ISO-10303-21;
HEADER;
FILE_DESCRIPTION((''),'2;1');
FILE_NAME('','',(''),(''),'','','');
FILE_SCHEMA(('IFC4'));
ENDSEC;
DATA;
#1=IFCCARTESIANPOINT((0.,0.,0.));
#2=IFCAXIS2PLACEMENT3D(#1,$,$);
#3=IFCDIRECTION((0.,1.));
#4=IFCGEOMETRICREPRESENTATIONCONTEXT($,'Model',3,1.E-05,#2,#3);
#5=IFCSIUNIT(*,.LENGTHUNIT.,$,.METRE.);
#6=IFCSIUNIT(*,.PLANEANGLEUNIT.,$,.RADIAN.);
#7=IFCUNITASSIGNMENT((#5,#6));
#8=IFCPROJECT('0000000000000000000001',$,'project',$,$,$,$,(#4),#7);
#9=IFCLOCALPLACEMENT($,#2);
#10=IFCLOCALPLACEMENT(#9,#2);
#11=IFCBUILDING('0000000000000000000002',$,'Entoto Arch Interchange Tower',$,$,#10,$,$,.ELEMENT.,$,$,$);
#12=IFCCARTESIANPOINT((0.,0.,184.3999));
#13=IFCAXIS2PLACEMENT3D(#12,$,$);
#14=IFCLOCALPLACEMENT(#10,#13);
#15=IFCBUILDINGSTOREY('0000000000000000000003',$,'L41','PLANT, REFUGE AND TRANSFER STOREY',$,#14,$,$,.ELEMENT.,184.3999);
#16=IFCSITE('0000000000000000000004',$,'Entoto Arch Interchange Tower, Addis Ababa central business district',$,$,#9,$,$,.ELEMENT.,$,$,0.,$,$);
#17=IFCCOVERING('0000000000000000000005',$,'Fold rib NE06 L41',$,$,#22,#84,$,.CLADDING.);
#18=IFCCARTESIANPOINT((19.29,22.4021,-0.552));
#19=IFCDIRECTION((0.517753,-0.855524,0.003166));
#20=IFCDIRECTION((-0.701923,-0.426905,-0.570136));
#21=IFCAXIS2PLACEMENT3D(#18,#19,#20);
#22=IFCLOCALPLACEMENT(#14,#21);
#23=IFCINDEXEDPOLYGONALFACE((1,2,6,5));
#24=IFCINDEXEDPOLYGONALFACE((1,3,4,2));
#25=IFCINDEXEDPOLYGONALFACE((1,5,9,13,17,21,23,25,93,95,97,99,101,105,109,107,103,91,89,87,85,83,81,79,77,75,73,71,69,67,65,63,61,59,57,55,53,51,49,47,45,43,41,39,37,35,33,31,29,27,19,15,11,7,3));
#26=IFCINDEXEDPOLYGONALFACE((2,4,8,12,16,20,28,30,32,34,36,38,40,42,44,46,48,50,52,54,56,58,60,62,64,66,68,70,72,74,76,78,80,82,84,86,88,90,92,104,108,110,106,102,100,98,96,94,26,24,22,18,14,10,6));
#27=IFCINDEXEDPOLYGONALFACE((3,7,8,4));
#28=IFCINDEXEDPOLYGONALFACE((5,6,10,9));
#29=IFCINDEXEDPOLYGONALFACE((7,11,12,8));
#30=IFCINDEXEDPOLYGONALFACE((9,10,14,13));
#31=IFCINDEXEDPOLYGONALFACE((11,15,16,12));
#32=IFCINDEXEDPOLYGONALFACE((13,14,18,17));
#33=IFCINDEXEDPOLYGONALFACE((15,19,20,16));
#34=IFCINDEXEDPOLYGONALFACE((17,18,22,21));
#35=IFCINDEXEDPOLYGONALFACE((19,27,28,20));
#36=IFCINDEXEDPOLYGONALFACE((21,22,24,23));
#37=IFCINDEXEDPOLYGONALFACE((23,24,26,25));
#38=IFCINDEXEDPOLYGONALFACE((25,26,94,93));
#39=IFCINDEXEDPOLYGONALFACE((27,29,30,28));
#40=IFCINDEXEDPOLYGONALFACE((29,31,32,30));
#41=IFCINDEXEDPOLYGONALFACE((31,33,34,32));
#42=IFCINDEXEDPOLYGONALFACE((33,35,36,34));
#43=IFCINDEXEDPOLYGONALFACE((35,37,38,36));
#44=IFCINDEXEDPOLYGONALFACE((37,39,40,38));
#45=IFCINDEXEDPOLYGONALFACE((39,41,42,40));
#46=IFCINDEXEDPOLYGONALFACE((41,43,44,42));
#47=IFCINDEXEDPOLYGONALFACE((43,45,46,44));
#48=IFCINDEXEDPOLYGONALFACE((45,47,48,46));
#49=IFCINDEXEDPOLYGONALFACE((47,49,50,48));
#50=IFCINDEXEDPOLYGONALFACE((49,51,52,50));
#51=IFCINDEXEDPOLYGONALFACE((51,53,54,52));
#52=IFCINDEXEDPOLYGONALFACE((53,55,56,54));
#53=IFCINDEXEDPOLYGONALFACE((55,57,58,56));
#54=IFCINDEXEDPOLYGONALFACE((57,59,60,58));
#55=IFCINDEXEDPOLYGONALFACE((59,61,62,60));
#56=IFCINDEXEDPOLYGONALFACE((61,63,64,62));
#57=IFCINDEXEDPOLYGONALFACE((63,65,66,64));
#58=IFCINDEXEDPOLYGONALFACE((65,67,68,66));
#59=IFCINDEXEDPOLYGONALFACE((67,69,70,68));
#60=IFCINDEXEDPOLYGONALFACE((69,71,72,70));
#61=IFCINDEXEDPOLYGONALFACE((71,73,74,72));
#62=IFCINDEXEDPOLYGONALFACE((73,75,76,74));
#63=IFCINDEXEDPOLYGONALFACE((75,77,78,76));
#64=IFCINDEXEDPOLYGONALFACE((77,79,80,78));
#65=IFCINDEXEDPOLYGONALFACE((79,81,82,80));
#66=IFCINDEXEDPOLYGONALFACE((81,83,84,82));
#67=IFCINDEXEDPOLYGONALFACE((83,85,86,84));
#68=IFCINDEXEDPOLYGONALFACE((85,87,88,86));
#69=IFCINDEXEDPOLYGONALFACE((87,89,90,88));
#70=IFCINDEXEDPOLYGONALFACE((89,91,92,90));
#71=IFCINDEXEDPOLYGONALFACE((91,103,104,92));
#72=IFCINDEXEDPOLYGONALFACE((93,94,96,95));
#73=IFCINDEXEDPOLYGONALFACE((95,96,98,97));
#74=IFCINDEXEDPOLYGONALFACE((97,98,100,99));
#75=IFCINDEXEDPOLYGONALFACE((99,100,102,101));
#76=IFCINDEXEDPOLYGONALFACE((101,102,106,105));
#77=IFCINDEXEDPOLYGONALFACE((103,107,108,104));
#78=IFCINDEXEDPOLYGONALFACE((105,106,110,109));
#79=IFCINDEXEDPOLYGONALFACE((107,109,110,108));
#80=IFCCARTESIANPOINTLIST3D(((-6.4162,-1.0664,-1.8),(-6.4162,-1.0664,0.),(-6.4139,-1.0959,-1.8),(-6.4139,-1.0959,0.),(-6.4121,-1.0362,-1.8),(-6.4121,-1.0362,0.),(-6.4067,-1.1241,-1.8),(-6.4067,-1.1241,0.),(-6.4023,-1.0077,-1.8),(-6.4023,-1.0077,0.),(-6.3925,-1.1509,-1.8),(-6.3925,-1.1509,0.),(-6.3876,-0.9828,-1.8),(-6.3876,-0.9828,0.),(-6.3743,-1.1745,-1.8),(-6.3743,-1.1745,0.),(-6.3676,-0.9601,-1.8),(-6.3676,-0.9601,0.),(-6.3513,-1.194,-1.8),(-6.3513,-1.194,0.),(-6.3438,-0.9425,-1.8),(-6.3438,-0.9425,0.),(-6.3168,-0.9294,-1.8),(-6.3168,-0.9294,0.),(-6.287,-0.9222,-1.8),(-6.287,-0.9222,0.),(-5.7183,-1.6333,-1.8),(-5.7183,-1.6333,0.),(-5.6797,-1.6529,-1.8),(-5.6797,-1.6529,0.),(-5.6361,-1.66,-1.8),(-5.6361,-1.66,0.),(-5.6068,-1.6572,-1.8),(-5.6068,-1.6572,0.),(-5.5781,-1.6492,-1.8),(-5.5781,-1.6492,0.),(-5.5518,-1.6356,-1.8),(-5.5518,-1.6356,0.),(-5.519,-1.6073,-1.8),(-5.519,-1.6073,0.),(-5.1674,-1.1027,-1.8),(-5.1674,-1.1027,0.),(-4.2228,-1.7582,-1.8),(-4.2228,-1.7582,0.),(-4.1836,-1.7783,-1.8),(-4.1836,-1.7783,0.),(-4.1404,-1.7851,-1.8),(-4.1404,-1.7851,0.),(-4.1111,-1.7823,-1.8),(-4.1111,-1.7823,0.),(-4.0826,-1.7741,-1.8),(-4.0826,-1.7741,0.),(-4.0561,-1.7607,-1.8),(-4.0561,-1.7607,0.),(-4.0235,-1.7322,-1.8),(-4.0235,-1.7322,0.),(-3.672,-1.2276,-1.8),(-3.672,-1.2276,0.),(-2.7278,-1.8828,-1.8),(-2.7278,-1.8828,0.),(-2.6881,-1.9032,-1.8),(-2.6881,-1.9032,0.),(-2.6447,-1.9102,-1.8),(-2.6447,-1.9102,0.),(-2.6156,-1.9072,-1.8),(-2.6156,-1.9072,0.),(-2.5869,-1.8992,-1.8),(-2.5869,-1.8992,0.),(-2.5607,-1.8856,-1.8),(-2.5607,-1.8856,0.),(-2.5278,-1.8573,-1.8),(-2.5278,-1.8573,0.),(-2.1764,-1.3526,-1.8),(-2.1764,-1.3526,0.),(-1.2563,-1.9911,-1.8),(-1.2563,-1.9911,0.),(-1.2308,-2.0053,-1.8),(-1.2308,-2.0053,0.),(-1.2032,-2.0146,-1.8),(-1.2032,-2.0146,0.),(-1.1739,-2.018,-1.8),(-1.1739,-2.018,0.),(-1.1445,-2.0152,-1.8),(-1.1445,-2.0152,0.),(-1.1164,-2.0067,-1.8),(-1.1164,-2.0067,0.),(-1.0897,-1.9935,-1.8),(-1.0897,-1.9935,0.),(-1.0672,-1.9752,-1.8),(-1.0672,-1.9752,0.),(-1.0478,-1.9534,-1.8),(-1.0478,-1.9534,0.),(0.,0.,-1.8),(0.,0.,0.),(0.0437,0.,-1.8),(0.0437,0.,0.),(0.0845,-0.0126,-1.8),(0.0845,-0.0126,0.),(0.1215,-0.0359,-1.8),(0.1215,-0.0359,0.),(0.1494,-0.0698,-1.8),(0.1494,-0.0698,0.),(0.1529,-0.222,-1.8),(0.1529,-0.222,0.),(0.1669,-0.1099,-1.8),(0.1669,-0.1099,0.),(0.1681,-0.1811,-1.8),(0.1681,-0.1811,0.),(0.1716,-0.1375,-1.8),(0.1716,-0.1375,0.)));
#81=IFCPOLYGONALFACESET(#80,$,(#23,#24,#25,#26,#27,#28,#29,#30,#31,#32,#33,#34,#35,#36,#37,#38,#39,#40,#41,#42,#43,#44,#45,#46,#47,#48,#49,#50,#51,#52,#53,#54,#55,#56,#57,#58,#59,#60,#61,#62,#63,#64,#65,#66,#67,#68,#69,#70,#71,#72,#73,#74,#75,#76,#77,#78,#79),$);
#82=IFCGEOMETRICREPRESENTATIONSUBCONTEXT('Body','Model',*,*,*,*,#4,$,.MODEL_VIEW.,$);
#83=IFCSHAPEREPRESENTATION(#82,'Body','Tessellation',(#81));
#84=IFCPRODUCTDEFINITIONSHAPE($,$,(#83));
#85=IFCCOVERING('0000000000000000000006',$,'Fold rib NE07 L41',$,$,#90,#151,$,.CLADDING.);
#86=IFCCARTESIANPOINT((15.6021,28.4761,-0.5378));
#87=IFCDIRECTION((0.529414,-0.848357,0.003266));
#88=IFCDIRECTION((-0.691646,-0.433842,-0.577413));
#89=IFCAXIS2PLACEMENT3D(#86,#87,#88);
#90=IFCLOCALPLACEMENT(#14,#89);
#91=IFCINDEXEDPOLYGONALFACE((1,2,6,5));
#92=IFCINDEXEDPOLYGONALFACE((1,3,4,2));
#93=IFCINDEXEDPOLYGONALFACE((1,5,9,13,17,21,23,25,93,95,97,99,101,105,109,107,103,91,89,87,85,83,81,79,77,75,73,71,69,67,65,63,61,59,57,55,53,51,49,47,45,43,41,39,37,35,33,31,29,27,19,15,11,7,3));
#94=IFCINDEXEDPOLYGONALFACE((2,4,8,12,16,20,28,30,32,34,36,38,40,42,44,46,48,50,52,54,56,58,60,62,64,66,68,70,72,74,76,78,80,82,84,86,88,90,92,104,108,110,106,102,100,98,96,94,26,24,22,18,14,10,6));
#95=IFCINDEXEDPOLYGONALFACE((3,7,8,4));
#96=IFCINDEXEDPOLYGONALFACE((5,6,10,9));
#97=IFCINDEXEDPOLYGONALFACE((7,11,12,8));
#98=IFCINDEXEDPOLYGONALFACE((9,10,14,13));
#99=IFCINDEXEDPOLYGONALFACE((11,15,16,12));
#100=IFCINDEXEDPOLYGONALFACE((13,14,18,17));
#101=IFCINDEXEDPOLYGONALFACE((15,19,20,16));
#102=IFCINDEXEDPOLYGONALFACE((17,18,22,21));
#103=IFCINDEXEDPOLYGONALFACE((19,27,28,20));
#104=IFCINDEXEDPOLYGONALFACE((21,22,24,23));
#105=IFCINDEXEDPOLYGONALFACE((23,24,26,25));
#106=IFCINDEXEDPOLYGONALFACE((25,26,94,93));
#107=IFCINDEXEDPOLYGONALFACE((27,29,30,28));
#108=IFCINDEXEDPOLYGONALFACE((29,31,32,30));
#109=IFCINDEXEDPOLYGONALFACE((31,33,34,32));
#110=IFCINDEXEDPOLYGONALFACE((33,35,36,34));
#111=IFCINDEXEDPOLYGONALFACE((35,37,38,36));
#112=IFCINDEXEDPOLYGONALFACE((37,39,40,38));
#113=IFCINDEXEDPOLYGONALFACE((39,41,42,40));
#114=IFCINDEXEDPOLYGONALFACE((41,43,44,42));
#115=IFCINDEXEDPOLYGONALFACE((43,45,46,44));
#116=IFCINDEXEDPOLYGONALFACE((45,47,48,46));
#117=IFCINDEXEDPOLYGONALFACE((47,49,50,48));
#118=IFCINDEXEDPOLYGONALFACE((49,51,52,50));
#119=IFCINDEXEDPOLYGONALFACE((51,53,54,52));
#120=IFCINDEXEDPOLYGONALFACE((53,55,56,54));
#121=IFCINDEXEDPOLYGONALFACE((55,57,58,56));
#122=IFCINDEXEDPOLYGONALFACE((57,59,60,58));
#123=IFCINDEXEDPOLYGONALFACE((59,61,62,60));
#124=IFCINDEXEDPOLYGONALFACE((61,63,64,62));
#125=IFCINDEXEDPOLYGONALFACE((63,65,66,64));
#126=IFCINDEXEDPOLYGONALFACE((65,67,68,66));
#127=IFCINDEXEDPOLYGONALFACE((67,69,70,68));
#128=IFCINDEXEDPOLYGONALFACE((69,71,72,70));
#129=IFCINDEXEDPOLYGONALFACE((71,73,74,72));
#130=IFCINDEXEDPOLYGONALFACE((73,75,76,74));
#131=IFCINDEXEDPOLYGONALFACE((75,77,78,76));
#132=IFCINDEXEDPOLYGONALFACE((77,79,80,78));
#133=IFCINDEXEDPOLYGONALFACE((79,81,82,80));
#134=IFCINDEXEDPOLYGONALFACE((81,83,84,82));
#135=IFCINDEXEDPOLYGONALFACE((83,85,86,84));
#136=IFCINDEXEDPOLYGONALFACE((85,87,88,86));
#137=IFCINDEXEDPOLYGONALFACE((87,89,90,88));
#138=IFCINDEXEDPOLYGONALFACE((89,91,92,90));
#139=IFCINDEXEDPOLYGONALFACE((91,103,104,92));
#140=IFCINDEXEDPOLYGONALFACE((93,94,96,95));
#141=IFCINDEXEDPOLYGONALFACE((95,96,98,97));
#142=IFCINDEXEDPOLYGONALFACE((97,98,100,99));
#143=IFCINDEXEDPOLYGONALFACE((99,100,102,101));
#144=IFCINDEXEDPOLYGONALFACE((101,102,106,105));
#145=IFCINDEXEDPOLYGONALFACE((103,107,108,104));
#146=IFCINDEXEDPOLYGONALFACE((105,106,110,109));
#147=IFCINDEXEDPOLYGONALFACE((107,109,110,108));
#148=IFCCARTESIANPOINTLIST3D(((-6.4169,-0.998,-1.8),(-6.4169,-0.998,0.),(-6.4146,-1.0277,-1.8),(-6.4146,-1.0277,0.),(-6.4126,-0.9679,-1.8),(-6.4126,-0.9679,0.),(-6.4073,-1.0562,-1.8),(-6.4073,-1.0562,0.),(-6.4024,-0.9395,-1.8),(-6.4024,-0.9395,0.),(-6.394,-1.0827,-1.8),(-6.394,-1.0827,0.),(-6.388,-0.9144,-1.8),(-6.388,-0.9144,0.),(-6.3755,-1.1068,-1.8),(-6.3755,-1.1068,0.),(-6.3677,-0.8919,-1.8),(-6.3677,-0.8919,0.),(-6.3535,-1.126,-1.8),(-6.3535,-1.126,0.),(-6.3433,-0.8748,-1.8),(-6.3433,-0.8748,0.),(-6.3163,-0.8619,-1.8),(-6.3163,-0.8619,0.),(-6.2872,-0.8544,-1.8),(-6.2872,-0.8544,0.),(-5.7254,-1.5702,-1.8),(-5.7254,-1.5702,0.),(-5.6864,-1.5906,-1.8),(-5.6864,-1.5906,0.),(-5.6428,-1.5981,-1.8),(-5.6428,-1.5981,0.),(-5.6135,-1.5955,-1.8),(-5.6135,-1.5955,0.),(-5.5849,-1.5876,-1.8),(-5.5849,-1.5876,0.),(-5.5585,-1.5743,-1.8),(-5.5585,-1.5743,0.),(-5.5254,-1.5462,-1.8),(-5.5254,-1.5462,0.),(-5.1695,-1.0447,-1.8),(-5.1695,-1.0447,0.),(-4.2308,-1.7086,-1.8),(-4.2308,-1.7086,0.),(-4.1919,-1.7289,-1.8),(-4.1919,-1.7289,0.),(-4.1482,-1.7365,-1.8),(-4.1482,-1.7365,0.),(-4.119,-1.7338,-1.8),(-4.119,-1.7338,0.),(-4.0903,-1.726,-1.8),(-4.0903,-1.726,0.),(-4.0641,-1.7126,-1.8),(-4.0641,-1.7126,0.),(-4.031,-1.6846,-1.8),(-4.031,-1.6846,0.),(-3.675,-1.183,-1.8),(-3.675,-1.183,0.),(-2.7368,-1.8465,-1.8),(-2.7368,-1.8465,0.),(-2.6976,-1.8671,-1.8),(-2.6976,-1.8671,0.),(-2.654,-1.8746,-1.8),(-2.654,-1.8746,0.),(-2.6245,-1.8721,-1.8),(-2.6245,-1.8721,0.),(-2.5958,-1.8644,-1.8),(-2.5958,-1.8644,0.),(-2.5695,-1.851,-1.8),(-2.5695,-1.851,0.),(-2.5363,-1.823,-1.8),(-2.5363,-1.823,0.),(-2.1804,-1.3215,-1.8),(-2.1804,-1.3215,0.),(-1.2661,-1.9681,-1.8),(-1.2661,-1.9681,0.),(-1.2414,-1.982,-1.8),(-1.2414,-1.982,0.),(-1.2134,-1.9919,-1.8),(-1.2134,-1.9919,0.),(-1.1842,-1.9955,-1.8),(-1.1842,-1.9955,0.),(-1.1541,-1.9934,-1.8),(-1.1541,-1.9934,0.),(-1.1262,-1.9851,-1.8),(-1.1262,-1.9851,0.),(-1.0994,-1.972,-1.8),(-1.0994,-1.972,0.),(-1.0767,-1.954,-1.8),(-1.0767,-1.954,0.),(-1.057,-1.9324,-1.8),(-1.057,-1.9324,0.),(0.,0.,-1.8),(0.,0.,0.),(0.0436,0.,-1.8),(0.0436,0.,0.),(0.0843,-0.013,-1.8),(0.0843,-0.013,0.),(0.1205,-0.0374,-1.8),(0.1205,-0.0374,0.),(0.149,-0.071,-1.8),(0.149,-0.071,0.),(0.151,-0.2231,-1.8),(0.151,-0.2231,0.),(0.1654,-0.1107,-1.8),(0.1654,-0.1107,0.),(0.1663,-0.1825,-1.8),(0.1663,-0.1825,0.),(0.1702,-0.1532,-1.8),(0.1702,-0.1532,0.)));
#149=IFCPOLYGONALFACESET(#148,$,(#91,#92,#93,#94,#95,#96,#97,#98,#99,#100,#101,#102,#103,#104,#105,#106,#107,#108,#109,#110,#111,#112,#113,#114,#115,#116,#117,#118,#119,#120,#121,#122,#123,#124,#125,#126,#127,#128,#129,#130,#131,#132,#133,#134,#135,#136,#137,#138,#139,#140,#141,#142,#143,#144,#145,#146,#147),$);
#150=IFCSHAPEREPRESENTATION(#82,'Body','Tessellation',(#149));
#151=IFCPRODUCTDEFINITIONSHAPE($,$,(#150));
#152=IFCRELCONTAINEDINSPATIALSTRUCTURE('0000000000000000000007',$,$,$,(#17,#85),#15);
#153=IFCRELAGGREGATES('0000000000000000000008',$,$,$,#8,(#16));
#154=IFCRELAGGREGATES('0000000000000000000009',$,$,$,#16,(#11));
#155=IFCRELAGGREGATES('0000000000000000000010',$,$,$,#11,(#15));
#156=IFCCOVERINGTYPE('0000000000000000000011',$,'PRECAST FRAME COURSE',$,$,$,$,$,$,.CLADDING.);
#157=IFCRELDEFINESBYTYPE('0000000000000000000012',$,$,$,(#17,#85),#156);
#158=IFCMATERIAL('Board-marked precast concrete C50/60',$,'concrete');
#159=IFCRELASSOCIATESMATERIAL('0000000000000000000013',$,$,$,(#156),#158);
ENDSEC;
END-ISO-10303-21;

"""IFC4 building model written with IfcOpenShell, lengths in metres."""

from ifc_helpers import new_model, si_unit, direction, frame, origin, place, context, subcontext, project, spatial, polyline, outline, extrude, material, type_object, element, save


model = new_model("IFC4")

# Units and contexts
model_context = context("Model", 3, precision=1e-05, world=origin(), true_north=direction((0.0, 1.0)))
body_context = subcontext(model_context, "Body", "Model", "MODEL_VIEW")
ifc_project = project(units=[si_unit("LENGTHUNIT", "METRE"), si_unit("PLANEANGLEUNIT", "RADIAN")], contexts=[model_context])

# Site, building, storey
site_placement = place(None, origin())
site = spatial("IfcSite", under=ifc_project, at=site_placement, Name="Entoto Arch Interchange Tower, Addis Ababa central business district", CompositionType="ELEMENT", RefElevation=0.0)
building_placement = place(site_placement, origin())
building = spatial("IfcBuilding", under=site, at=building_placement, Name="Entoto Arch Interchange Tower", CompositionType="ELEMENT")
storey_placement = place(building_placement, frame((0.0, 0.0, 184.3999)))
storey = spatial("IfcBuildingStorey", under=building, at=storey_placement, Name="L41", Description="PLANT, REFUGE AND TRANSFER STOREY", CompositionType="ELEMENT", Elevation=184.3999)

# Shared definitions
ifc_material_1 = material(Name="Board-marked precast concrete C50/60", Category="concrete")

# Coverings
covering_type = type_object("IfcCoveringType", Name="PRECAST FRAME COURSE", PredefinedType="CLADDING", material=ifc_material_1)
covering_1_placement = place(storey_placement, frame((19.29, 22.4021, -0.552), z_axis=(0.517753, -0.855524, 0.003166), x_axis=(-0.701923, -0.426905, -0.570136)))
element("IfcCovering", 1, at=covering_1_placement, inside=storey, type_object=covering_type, Name="Fold rib NE06 L41", PredefinedType="CLADDING", context=body_context, shape_type="SweptSolid", body=[
    extrude(outline(polyline([(0.0, 0.0), (0.0437, 0.0), (0.0845, -0.0126), (0.1215, -0.0359), (0.1494, -0.0698), (0.1669, -0.1099), (0.1716, -0.1375), (0.1681, -0.1811), (0.1529, -0.222), (-1.0478, -1.9534), (-1.0672, -1.9752), (-1.0897, -1.9935), (-1.1164, -2.0067), (-1.1445, -2.0152), (-1.1739, -2.018), (-1.2032, -2.0146), (-1.2308, -2.0053), (-1.2563, -1.9911), (-2.1764, -1.3526), (-2.5278, -1.8573), (-2.5607, -1.8856), (-2.5869, -1.8992), (-2.6156, -1.9072), (-2.6447, -1.9102), (-2.6881, -1.9032), (-2.7278, -1.8828), (-3.672, -1.2276), (-4.0235, -1.7322), (-4.0561, -1.7607), (-4.0826, -1.7741), (-4.1111, -1.7823), (-4.1404, -1.7851), (-4.1836, -1.7783), (-4.2228, -1.7582), (-5.1674, -1.1027), (-5.519, -1.6073), (-5.5518, -1.6356), (-5.5781, -1.6492), (-5.6068, -1.6572), (-5.6361, -1.66), (-5.6797, -1.6529), (-5.7183, -1.6333), (-6.3513, -1.194), (-6.3743, -1.1745), (-6.3925, -1.1509), (-6.4067, -1.1241), (-6.4139, -1.0959), (-6.4162, -1.0664), (-6.4121, -1.0362), (-6.4023, -1.0077), (-6.3876, -0.9828), (-6.3676, -0.9601), (-6.3438, -0.9425), (-6.3168, -0.9294), (-6.287, -0.9222), (0.0, 0.0)])), origin(), (0.0, 0.0, -1.0), 1.8),
])
covering_2_placement = place(storey_placement, frame((15.6021, 28.4761, -0.5378), z_axis=(0.529414, -0.848357, 0.003266), x_axis=(-0.691646, -0.433842, -0.577413)))
element("IfcCovering", 2, at=covering_2_placement, inside=storey, type_object=covering_type, Name="Fold rib NE07 L41", PredefinedType="CLADDING", context=body_context, shape_type="SweptSolid", body=[
    extrude(outline(polyline([(0.0, 0.0), (0.0436, 0.0), (0.0843, -0.013), (0.1205, -0.0374), (0.149, -0.071), (0.1654, -0.1107), (0.1702, -0.1532), (0.1663, -0.1825), (0.151, -0.2231), (-1.057, -1.9324), (-1.0767, -1.954), (-1.0994, -1.972), (-1.1262, -1.9851), (-1.1541, -1.9934), (-1.1842, -1.9955), (-1.2134, -1.9919), (-1.2414, -1.982), (-1.2661, -1.9681), (-2.1804, -1.3215), (-2.5363, -1.823), (-2.5695, -1.851), (-2.5958, -1.8644), (-2.6245, -1.8721), (-2.654, -1.8746), (-2.6976, -1.8671), (-2.7368, -1.8465), (-3.675, -1.183), (-4.031, -1.6846), (-4.0641, -1.7126), (-4.0903, -1.726), (-4.119, -1.7338), (-4.1482, -1.7365), (-4.1919, -1.7289), (-4.2308, -1.7086), (-5.1695, -1.0447), (-5.5254, -1.5462), (-5.5585, -1.5743), (-5.5849, -1.5876), (-5.6135, -1.5955), (-5.6428, -1.5981), (-5.6864, -1.5906), (-5.7254, -1.5702), (-6.3535, -1.126), (-6.3755, -1.1068), (-6.394, -1.0827), (-6.4073, -1.0562), (-6.4146, -1.0277), (-6.4169, -0.998), (-6.4126, -0.9679), (-6.4024, -0.9395), (-6.388, -0.9144), (-6.3677, -0.8919), (-6.3433, -0.8748), (-6.3163, -0.8619), (-6.2872, -0.8544), (0.0, 0.0)])), origin(), (0.0, 0.0, -1.0), 1.8),
])

save(model, "model.ifc")
